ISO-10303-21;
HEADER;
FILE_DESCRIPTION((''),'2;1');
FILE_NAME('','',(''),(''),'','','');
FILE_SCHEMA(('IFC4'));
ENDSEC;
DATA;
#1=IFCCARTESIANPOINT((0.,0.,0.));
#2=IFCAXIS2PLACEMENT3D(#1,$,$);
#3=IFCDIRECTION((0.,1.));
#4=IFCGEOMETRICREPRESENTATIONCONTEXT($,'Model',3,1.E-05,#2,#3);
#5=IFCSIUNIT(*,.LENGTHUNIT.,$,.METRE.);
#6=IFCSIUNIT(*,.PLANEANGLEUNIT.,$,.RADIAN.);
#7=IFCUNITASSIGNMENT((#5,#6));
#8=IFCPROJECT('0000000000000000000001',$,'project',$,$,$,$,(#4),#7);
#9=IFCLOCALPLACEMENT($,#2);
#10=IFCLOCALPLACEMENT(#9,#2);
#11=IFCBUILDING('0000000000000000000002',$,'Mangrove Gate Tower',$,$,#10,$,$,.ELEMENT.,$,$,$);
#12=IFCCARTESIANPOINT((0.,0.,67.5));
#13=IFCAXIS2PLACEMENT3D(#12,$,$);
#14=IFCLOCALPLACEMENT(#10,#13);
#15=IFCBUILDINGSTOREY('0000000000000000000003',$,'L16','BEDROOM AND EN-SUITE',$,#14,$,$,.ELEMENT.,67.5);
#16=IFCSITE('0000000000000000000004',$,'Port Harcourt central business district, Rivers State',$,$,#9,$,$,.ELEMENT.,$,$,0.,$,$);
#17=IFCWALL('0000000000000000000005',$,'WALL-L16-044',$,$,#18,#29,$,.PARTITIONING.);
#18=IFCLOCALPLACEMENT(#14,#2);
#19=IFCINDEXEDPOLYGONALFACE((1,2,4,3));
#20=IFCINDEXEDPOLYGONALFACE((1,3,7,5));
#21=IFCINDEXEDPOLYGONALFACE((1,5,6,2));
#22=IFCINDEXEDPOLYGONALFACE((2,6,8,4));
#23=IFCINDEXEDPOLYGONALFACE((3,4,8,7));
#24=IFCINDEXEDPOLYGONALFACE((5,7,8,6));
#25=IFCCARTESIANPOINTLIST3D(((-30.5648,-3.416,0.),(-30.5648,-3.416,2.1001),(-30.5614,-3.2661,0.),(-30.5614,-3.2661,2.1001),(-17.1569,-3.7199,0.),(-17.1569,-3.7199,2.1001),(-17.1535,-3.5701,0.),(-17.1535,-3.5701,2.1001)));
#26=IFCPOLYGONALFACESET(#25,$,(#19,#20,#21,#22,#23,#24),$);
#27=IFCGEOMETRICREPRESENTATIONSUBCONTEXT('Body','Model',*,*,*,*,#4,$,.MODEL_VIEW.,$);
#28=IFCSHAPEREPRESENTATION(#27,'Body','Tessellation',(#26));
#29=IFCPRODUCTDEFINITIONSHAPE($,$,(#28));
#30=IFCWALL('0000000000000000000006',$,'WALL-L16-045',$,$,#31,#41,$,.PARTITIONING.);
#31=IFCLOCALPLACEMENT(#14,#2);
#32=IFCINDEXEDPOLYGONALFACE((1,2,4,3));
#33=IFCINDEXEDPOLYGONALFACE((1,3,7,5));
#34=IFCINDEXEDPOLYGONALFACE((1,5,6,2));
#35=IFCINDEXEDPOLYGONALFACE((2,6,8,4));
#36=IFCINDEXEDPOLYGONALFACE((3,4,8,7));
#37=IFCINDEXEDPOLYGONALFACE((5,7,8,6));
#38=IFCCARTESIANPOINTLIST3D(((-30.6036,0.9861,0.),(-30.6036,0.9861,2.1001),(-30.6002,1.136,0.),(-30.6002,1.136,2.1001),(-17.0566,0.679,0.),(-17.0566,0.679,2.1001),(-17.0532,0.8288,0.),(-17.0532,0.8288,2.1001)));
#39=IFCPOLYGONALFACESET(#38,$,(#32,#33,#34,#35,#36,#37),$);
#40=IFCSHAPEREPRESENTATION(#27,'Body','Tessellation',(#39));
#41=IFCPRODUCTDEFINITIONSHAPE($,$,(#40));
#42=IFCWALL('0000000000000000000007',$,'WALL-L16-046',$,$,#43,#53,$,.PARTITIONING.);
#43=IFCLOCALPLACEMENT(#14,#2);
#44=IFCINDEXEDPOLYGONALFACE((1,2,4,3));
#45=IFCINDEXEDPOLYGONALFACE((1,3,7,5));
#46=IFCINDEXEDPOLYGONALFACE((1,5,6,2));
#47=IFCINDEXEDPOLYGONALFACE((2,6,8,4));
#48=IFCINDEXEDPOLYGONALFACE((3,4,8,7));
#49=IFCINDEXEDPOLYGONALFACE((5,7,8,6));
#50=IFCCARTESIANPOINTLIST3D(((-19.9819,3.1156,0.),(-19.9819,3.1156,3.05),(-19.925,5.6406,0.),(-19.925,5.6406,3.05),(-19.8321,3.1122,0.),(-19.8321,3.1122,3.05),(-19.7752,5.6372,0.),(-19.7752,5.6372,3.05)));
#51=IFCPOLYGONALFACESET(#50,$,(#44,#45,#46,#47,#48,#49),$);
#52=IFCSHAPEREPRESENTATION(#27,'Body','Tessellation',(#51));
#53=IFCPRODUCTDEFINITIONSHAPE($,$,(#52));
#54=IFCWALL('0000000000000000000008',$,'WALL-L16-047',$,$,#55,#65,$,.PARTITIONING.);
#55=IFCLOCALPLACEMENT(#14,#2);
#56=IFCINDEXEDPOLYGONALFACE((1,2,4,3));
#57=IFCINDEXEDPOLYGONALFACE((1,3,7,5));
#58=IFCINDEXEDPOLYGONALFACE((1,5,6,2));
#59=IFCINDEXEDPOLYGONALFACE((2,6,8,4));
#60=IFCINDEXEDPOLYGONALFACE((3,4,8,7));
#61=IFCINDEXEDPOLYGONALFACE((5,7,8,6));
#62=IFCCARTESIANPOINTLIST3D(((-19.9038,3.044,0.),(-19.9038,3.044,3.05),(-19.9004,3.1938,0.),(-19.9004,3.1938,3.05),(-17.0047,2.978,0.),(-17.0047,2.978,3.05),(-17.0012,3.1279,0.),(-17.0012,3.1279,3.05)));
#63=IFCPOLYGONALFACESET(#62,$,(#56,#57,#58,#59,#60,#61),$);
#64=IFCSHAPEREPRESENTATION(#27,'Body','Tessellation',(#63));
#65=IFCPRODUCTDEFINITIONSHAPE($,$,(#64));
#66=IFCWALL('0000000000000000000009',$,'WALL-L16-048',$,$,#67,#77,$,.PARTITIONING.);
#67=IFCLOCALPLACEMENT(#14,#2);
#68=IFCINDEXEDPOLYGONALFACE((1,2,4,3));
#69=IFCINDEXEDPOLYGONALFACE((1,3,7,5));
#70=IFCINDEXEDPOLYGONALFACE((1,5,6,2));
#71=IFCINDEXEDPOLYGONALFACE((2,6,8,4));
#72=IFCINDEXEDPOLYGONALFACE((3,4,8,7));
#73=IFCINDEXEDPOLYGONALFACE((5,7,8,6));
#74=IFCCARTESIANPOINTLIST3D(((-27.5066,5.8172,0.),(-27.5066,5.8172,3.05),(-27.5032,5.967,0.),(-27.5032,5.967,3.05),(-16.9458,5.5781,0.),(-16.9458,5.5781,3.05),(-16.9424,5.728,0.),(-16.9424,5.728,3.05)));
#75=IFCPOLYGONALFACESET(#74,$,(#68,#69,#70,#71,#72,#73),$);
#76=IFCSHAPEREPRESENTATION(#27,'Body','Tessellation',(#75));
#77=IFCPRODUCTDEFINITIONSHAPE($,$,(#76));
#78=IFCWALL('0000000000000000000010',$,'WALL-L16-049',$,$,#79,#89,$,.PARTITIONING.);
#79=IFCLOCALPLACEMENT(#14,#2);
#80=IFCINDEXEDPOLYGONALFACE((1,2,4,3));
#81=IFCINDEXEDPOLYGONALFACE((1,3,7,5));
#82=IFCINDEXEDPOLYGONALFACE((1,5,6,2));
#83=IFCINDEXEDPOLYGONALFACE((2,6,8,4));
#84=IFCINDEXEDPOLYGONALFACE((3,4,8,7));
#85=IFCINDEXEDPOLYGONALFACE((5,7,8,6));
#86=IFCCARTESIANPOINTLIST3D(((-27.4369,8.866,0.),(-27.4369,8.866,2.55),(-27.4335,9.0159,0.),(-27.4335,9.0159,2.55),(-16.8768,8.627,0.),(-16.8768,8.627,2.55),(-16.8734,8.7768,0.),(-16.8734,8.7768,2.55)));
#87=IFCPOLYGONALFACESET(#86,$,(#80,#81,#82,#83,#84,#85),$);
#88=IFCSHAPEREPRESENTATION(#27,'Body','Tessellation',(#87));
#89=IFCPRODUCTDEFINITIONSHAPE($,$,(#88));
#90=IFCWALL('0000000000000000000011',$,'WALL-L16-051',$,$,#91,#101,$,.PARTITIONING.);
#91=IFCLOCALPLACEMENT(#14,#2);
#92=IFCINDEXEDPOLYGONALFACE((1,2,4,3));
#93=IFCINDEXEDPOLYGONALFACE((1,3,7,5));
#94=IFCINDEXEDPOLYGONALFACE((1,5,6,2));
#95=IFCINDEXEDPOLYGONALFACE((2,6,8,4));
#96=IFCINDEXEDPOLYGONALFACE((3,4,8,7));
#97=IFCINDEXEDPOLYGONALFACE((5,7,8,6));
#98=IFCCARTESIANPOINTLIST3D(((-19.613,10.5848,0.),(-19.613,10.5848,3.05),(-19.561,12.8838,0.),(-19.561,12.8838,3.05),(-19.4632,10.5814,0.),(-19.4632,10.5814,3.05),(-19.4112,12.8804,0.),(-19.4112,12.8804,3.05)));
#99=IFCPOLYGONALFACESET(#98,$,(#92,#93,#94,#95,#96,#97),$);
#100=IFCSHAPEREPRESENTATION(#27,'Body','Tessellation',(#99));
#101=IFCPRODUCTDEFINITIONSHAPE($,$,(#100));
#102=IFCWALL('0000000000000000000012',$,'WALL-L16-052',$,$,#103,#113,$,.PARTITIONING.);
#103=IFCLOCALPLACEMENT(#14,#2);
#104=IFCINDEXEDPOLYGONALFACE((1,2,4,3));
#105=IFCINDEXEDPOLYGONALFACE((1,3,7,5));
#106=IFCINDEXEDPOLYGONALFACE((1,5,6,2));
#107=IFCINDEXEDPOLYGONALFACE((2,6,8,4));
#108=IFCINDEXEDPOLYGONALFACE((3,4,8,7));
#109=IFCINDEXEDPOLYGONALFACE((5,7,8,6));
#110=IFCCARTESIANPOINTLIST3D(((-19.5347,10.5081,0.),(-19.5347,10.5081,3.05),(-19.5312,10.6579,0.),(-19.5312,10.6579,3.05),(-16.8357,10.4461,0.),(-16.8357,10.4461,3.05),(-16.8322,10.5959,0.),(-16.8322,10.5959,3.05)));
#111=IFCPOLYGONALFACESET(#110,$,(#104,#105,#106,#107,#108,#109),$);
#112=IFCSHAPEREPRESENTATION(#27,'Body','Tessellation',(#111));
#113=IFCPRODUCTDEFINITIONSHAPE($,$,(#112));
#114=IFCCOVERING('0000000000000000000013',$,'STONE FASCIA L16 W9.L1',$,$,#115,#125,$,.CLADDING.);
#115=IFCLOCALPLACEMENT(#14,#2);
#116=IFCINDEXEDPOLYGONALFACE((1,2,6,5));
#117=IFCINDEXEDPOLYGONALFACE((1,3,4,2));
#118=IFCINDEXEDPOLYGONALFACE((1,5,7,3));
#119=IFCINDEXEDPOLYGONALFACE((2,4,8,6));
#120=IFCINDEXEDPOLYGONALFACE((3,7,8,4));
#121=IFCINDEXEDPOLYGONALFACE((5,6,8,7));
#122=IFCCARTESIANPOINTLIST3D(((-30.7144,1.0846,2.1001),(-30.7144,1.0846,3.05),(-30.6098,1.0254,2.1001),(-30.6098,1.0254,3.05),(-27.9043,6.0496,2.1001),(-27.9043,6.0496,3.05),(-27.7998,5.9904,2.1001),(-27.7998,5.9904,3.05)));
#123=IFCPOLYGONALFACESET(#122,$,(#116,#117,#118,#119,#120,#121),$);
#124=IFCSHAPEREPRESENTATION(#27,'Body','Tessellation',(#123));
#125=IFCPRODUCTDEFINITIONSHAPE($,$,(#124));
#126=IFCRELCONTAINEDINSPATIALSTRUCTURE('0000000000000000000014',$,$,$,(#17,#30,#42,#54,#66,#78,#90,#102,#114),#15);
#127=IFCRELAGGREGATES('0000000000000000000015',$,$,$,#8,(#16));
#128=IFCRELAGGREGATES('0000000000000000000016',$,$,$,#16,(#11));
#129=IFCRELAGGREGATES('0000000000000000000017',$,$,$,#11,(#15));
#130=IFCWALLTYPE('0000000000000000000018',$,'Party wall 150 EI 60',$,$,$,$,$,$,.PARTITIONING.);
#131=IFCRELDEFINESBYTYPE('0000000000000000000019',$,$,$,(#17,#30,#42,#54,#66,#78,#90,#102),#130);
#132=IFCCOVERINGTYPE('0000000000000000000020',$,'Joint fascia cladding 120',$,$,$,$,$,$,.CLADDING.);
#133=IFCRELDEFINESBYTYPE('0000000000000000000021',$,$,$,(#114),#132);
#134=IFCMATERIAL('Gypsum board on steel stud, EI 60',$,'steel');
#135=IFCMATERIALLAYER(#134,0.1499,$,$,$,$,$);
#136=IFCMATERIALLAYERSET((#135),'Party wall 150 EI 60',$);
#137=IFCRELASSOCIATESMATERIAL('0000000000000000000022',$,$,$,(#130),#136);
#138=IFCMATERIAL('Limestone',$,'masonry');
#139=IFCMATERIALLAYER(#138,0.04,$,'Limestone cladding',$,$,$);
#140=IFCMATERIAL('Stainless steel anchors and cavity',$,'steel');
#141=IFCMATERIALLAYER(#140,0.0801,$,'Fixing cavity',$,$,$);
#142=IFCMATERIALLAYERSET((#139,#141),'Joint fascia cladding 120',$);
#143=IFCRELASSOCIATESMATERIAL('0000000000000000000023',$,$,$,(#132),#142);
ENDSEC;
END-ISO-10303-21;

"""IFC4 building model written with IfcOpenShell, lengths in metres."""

from ifc_helpers import new_model, si_unit, direction, frame, frame_2d, origin, place, context, subcontext, project, spatial, rectangle, extrude, material, layer, layer_set, type_object, element, save


model = new_model("IFC4")

# Units and contexts
model_context = context("Model", 3, precision=1e-05, world=origin(), true_north=direction((0.0, 1.0)))
body_context = subcontext(model_context, "Body", "Model", "MODEL_VIEW")
ifc_project = project(units=[si_unit("LENGTHUNIT", "METRE"), si_unit("PLANEANGLEUNIT", "RADIAN")], contexts=[model_context])

# Site, building, storey
site_placement = place(None, origin())
site = spatial("IfcSite", under=ifc_project, at=site_placement, Name="Port Harcourt central business district, Rivers State", CompositionType="ELEMENT", RefElevation=0.0)
building_placement = place(site_placement, origin())
building = spatial("IfcBuilding", under=site, at=building_placement, Name="Mangrove Gate Tower", CompositionType="ELEMENT")
storey_placement = place(building_placement, frame((0.0, 0.0, 67.5)))
storey = spatial("IfcBuildingStorey", under=building, at=storey_placement, Name="L16", Description="BEDROOM AND EN-SUITE", CompositionType="ELEMENT", Elevation=67.5)

# Shared definitions
ifc_material_1 = material(Name="Limestone", Category="masonry")

# Walls
ifc_material_2 = material(Name="Gypsum board on steel stud, EI 60", Category="steel")
ifc_layer_1 = layer(ifc_material_2, 0.1499)
ifc_layer_set_1 = layer_set([ifc_layer_1], Name="Party wall 150 EI 60")
wall_type_1 = type_object("IfcWallType", Name="Party wall 150 EI 60", PredefinedType="PARTITIONING", material=ifc_layer_set_1)
wall_1_placement = place(storey_placement, frame((-30.563, -3.3411, 0.0), z_axis=(0.0, 0.0, 1.0), x_axis=(0.999743, -0.022664, 0.0)))
element("IfcWall", 1, at=wall_1_placement, inside=storey, type_object=wall_type_1, Name="WALL-L16-044", PredefinedType="PARTITIONING", context=body_context, shape_type="SweptSolid", body=[
    extrude(rectangle(XDim=13.4114, YDim=0.1499, at=frame_2d((6.7056, 0.0))), origin(), (0.0, 0.0, 1.0), 2.1001),
])
wall_2_placement = place(storey_placement, frame((-30.6021, 1.061, 0.0), z_axis=(0.0, 0.0, 1.0), x_axis=(0.999743, -0.022665, 0.0)))
element("IfcWall", 2, at=wall_2_placement, inside=storey, type_object=wall_type_1, Name="WALL-L16-045", PredefinedType="PARTITIONING", context=body_context, shape_type="SweptSolid", body=[
    extrude(rectangle(XDim=13.5505, YDim=0.1499, at=frame_2d((6.7754, 0.0))), origin(), (0.0, 0.0, 1.0), 2.1001),
])
wall_3_placement = place(storey_placement, frame((-19.907, 3.114, 0.0), z_axis=(0.0, 0.0, 1.0), x_axis=(0.022524, 0.999746, 0.0)))
element("IfcWall", 3, at=wall_3_placement, inside=storey, type_object=wall_type_1, Name="WALL-L16-046", PredefinedType="PARTITIONING", context=body_context, shape_type="SweptSolid", body=[
    extrude(rectangle(XDim=2.5256, YDim=0.1499, at=frame_2d((1.2627, 0.0))), origin(), (0.0, 0.0, 1.0), 3.05),
])
wall_4_placement = place(storey_placement, frame((-19.9021, 3.1189, 0.0), z_axis=(0.0, 0.0, 1.0), x_axis=(0.999742, -0.022731, 0.0)))
element("IfcWall", 4, at=wall_4_placement, inside=storey, type_object=wall_type_1, Name="WALL-L16-047", PredefinedType="PARTITIONING", context=body_context, shape_type="SweptSolid", body=[
    extrude(rectangle(XDim=2.8999, YDim=0.1499, at=frame_2d((1.45, 0.0))), origin(), (0.0, 0.0, 1.0), 3.05),
])
wall_5_placement = place(storey_placement, frame((-27.5049, 5.8921, 0.0), z_axis=(0.0, 0.0, 1.0), x_axis=(0.999744, -0.022626, 0.0)))
element("IfcWall", 5, at=wall_5_placement, inside=storey, type_object=wall_type_1, Name="WALL-L16-048", PredefinedType="PARTITIONING", context=body_context, shape_type="SweptSolid", body=[
    extrude(rectangle(XDim=10.5635, YDim=0.1499, at=frame_2d((5.2817, 0.0))), origin(), (0.0, 0.0, 1.0), 3.05),
])
wall_6_placement = place(storey_placement, frame((-27.4351, 8.9409, 0.0), z_axis=(0.0, 0.0, 1.0), x_axis=(0.999744, -0.022628, 0.0)))
element("IfcWall", 6, at=wall_6_placement, inside=storey, type_object=wall_type_1, Name="WALL-L16-049", PredefinedType="PARTITIONING", context=body_context, shape_type="SweptSolid", body=[
    extrude(rectangle(XDim=10.5627, YDim=0.1499, at=frame_2d((5.2812, 0.0))), origin(), (0.0, 0.0, 1.0), 2.55),
])
wall_7_placement = place(storey_placement, frame((-19.5381, 10.583, 0.0), z_axis=(0.0, 0.0, 1.0), x_axis=(0.022613, 0.999744, 0.0)))
element("IfcWall", 7, at=wall_7_placement, inside=storey, type_object=wall_type_1, Name="WALL-L16-051", PredefinedType="PARTITIONING", context=body_context, shape_type="SweptSolid", body=[
    extrude(rectangle(XDim=2.2996, YDim=0.1499, at=frame_2d((1.1499, 0.0))), origin(), (0.0, 0.0, 1.0), 3.05),
])
wall_8_placement = place(storey_placement, frame((-19.533, 10.583, 0.0), z_axis=(0.0, 0.0, 1.0), x_axis=(0.999736, -0.02297, 0.0)))
element("IfcWall", 8, at=wall_8_placement, inside=storey, type_object=wall_type_1, Name="WALL-L16-052", PredefinedType="PARTITIONING", context=body_context, shape_type="SweptSolid", body=[
    extrude(rectangle(XDim=2.6997, YDim=0.1499, at=frame_2d((1.3499, 0.0))), origin(), (0.0, 0.0, 1.0), 3.05),
])

# Covering
ifc_layer_2 = layer(ifc_material_1, 0.04, Name="Limestone cladding")
ifc_material_3 = material(Name="Stainless steel anchors and cavity", Category="steel")
ifc_layer_3 = layer(ifc_material_3, 0.0801, Name="Fixing cavity")
ifc_layer_set_2 = layer_set([ifc_layer_2, ifc_layer_3], Name="Joint fascia cladding 120")
covering_type = type_object("IfcCoveringType", Name="Joint fascia cladding 120", PredefinedType="CLADDING", material=ifc_layer_set_2)
covering_placement = place(storey_placement, frame((-27.8521, 6.02, 2.1001), z_axis=(0.0, 0.0, 1.0), x_axis=(-0.492549, -0.870285, 0.0)))
element("IfcCovering", 9, at=covering_placement, inside=storey, type_object=covering_type, Name="STONE FASCIA L16 W9.L1", PredefinedType="CLADDING", context=body_context, shape_type="SweptSolid", body=[
    extrude(rectangle(XDim=5.7051, YDim=0.1201, at=frame_2d((2.8525, 0.0))), origin(), (0.0, 0.0, 1.0), 0.95),
])

save(model, "model.ifc")
